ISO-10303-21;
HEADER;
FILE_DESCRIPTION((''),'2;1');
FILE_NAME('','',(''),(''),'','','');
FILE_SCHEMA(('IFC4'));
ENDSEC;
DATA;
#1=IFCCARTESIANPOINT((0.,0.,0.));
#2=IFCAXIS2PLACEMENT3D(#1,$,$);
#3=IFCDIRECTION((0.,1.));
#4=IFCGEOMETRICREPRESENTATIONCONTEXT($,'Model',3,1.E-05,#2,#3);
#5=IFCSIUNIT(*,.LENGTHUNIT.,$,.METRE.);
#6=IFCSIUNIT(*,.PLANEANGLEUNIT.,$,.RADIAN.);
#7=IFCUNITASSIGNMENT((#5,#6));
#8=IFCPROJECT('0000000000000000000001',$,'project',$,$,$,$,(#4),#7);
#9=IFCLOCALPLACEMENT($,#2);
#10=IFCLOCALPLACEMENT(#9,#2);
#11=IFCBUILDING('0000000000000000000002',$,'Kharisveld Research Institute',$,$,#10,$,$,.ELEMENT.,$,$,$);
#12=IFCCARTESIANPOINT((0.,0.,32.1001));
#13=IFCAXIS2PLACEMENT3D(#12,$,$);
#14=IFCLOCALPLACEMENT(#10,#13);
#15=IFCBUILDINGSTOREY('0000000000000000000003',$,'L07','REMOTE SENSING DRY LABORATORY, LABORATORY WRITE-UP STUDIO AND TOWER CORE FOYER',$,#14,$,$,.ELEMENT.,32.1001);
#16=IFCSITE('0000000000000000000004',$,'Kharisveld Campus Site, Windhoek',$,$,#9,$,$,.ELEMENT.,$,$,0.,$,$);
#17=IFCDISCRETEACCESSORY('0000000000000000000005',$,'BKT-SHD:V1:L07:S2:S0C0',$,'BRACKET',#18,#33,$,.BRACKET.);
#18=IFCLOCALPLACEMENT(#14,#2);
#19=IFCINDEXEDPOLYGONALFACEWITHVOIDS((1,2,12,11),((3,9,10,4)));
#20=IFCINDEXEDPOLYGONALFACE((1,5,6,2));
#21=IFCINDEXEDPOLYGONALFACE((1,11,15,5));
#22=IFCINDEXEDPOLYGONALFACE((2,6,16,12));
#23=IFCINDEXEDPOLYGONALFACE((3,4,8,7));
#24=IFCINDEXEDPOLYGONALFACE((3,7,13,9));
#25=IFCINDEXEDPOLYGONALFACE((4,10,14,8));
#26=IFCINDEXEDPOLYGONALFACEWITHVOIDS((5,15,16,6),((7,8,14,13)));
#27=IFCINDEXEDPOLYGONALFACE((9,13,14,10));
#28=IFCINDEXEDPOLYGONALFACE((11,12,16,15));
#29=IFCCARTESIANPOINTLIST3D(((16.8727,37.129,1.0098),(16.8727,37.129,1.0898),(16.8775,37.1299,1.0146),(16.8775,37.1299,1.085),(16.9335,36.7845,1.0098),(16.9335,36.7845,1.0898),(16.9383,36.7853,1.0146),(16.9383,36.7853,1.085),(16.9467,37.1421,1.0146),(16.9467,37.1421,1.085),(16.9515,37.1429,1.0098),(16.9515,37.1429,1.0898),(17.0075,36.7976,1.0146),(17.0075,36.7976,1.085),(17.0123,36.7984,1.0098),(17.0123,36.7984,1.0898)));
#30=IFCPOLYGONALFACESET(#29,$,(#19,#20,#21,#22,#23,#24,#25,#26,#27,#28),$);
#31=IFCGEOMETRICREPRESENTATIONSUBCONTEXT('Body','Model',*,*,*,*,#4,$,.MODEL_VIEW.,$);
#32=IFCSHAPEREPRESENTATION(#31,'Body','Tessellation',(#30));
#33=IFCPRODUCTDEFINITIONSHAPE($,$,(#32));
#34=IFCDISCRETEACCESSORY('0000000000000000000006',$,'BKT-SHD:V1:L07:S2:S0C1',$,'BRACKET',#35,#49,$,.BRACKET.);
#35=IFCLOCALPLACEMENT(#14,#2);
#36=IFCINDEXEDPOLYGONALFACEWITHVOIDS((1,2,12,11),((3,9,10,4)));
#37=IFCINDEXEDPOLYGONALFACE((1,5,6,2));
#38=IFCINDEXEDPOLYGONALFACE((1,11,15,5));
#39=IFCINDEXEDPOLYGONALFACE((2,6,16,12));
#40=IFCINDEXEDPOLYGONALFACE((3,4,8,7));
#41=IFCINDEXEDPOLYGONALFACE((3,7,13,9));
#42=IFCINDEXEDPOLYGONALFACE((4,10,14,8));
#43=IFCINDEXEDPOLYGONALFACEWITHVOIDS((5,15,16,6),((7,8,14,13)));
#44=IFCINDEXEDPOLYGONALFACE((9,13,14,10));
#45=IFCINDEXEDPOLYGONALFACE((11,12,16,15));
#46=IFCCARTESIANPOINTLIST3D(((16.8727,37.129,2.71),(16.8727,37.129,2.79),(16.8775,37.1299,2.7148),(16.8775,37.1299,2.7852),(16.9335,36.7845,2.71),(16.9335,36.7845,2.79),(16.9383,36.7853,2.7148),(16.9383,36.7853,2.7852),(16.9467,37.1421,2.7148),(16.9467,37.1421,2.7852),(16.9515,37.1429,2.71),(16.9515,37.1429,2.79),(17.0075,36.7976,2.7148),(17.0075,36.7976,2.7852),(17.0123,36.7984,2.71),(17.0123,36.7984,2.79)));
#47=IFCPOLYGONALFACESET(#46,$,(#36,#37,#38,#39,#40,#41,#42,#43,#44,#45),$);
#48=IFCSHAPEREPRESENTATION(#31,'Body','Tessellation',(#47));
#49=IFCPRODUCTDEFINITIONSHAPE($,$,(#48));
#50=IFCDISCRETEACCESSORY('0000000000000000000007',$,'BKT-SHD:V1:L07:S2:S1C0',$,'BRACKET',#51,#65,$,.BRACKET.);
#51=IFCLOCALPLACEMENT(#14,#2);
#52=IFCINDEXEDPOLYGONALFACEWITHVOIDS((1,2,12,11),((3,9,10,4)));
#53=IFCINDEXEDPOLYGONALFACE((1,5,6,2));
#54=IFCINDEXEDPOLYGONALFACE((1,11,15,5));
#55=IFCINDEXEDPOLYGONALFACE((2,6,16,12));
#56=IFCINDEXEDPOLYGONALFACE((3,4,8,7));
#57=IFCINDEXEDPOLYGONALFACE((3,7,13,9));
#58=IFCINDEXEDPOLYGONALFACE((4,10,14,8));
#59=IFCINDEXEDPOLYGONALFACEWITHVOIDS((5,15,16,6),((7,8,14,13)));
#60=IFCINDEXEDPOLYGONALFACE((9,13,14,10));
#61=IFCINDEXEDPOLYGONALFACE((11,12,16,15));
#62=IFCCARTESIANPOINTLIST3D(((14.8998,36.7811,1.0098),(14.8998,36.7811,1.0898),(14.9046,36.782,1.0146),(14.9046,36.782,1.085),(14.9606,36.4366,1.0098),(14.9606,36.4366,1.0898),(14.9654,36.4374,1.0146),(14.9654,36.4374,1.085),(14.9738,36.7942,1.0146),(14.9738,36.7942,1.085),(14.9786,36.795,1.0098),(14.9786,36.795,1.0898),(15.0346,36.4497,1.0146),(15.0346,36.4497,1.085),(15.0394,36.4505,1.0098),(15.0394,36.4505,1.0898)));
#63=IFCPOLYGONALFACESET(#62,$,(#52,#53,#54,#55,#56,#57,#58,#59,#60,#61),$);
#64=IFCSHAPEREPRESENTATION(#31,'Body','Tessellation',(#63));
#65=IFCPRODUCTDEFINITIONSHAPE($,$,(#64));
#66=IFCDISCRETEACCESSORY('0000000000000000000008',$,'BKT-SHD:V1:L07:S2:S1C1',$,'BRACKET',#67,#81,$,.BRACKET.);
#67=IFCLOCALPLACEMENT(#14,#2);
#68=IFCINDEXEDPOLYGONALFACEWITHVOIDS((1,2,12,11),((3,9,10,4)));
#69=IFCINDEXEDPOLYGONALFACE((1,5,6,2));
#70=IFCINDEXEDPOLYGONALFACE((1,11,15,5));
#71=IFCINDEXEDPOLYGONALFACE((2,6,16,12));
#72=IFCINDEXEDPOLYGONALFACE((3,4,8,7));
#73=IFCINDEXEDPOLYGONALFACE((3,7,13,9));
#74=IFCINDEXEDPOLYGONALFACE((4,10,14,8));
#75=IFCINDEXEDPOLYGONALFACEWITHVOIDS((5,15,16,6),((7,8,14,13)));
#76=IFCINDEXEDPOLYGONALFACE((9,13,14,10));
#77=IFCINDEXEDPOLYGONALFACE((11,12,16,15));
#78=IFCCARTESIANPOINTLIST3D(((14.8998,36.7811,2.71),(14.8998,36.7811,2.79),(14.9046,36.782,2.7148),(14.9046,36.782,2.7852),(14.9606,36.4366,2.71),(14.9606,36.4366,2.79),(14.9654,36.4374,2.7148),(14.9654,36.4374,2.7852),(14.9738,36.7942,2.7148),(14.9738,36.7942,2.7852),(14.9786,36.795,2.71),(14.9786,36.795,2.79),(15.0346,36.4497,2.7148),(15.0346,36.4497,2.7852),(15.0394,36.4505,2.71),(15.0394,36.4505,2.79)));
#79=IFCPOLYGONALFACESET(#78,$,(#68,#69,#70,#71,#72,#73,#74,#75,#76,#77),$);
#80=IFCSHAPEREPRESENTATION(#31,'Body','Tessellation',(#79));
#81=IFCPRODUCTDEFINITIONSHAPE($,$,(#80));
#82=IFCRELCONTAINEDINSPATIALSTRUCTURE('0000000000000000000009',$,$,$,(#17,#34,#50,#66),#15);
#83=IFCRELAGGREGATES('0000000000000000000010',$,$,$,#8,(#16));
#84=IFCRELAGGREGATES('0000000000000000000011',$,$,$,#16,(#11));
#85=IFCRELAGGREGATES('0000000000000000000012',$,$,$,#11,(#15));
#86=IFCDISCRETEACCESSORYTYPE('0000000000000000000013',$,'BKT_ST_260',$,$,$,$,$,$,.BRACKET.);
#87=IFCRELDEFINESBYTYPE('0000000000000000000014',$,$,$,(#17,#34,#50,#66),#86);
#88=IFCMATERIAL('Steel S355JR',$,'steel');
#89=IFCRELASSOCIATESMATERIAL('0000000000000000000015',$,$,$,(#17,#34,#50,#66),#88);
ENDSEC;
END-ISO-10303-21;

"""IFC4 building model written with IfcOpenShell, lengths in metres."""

from ifc_helpers import new_model, si_unit, direction, frame, origin, origin_2d, place, context, subcontext, project, spatial, hollow_rectangle, extrude, material, type_object, element, save


model = new_model("IFC4")

# Units and contexts
model_context = context("Model", 3, precision=1e-05, world=origin(), true_north=direction((0.0, 1.0)))
body_context = subcontext(model_context, "Body", "Model", "MODEL_VIEW")
ifc_project = project(units=[si_unit("LENGTHUNIT", "METRE"), si_unit("PLANEANGLEUNIT", "RADIAN")], contexts=[model_context])

# Site, building, storey
site_placement = place(None, origin())
site = spatial("IfcSite", under=ifc_project, at=site_placement, Name="Kharisveld Campus Site, Windhoek", CompositionType="ELEMENT", RefElevation=0.0)
building_placement = place(site_placement, origin())
building = spatial("IfcBuilding", under=site, at=building_placement, Name="Kharisveld Research Institute", CompositionType="ELEMENT")
storey_placement = place(building_placement, frame((0.0, 0.0, 32.1001)))
storey = spatial("IfcBuildingStorey", under=building, at=storey_placement, Name="L07", Description="REMOTE SENSING DRY LABORATORY, LABORATORY WRITE-UP STUDIO AND TOWER CORE FOYER", CompositionType="ELEMENT", Elevation=32.1001)

# Discrete accessories
ifc_material_1 = material(Name="Steel S355JR", Category="steel")
discrete_accessory_type = type_object("IfcDiscreteAccessoryType", Name="BKT_ST_260", PredefinedType="BRACKET")
for number, where, z_axis, x_axis, name in (
    (1, (16.9121, 37.136, 1.0498), (0.173785, -0.984784, 0.0), (0.984784, 0.173785, 0.0), "BKT-SHD:V1:L07:S2:S0C0"),
    (2, (16.9121, 37.136, 2.75), (0.173785, -0.984784, 0.0), (0.984784, 0.173785, 0.0), "BKT-SHD:V1:L07:S2:S0C1"),
    (3, (14.9392, 36.7881, 1.0498), (0.173785, -0.984784, 0.0), (0.984784, 0.173785, 0.0), "BKT-SHD:V1:L07:S2:S1C0"),
    (4, (14.9392, 36.7881, 2.75), (0.173785, -0.984784, 0.0), (0.984784, 0.173785, 0.0), "BKT-SHD:V1:L07:S2:S1C1"),
):
    element("IfcDiscreteAccessory", number, at=place(storey_placement, frame(where, z_axis=z_axis, x_axis=x_axis)), inside=storey, type_object=discrete_accessory_type, material=ifc_material_1, Name=name, ObjectType="BRACKET", PredefinedType="BRACKET", context=body_context, shape_type="SweptSolid", body=[
        extrude(hollow_rectangle(XDim=0.0801, YDim=0.0801, WallThickness=0.0049, at=origin_2d()), origin(), (0.0, 0.0, 1.0), 0.3499),
    ])

save(model, "model.ifc")
